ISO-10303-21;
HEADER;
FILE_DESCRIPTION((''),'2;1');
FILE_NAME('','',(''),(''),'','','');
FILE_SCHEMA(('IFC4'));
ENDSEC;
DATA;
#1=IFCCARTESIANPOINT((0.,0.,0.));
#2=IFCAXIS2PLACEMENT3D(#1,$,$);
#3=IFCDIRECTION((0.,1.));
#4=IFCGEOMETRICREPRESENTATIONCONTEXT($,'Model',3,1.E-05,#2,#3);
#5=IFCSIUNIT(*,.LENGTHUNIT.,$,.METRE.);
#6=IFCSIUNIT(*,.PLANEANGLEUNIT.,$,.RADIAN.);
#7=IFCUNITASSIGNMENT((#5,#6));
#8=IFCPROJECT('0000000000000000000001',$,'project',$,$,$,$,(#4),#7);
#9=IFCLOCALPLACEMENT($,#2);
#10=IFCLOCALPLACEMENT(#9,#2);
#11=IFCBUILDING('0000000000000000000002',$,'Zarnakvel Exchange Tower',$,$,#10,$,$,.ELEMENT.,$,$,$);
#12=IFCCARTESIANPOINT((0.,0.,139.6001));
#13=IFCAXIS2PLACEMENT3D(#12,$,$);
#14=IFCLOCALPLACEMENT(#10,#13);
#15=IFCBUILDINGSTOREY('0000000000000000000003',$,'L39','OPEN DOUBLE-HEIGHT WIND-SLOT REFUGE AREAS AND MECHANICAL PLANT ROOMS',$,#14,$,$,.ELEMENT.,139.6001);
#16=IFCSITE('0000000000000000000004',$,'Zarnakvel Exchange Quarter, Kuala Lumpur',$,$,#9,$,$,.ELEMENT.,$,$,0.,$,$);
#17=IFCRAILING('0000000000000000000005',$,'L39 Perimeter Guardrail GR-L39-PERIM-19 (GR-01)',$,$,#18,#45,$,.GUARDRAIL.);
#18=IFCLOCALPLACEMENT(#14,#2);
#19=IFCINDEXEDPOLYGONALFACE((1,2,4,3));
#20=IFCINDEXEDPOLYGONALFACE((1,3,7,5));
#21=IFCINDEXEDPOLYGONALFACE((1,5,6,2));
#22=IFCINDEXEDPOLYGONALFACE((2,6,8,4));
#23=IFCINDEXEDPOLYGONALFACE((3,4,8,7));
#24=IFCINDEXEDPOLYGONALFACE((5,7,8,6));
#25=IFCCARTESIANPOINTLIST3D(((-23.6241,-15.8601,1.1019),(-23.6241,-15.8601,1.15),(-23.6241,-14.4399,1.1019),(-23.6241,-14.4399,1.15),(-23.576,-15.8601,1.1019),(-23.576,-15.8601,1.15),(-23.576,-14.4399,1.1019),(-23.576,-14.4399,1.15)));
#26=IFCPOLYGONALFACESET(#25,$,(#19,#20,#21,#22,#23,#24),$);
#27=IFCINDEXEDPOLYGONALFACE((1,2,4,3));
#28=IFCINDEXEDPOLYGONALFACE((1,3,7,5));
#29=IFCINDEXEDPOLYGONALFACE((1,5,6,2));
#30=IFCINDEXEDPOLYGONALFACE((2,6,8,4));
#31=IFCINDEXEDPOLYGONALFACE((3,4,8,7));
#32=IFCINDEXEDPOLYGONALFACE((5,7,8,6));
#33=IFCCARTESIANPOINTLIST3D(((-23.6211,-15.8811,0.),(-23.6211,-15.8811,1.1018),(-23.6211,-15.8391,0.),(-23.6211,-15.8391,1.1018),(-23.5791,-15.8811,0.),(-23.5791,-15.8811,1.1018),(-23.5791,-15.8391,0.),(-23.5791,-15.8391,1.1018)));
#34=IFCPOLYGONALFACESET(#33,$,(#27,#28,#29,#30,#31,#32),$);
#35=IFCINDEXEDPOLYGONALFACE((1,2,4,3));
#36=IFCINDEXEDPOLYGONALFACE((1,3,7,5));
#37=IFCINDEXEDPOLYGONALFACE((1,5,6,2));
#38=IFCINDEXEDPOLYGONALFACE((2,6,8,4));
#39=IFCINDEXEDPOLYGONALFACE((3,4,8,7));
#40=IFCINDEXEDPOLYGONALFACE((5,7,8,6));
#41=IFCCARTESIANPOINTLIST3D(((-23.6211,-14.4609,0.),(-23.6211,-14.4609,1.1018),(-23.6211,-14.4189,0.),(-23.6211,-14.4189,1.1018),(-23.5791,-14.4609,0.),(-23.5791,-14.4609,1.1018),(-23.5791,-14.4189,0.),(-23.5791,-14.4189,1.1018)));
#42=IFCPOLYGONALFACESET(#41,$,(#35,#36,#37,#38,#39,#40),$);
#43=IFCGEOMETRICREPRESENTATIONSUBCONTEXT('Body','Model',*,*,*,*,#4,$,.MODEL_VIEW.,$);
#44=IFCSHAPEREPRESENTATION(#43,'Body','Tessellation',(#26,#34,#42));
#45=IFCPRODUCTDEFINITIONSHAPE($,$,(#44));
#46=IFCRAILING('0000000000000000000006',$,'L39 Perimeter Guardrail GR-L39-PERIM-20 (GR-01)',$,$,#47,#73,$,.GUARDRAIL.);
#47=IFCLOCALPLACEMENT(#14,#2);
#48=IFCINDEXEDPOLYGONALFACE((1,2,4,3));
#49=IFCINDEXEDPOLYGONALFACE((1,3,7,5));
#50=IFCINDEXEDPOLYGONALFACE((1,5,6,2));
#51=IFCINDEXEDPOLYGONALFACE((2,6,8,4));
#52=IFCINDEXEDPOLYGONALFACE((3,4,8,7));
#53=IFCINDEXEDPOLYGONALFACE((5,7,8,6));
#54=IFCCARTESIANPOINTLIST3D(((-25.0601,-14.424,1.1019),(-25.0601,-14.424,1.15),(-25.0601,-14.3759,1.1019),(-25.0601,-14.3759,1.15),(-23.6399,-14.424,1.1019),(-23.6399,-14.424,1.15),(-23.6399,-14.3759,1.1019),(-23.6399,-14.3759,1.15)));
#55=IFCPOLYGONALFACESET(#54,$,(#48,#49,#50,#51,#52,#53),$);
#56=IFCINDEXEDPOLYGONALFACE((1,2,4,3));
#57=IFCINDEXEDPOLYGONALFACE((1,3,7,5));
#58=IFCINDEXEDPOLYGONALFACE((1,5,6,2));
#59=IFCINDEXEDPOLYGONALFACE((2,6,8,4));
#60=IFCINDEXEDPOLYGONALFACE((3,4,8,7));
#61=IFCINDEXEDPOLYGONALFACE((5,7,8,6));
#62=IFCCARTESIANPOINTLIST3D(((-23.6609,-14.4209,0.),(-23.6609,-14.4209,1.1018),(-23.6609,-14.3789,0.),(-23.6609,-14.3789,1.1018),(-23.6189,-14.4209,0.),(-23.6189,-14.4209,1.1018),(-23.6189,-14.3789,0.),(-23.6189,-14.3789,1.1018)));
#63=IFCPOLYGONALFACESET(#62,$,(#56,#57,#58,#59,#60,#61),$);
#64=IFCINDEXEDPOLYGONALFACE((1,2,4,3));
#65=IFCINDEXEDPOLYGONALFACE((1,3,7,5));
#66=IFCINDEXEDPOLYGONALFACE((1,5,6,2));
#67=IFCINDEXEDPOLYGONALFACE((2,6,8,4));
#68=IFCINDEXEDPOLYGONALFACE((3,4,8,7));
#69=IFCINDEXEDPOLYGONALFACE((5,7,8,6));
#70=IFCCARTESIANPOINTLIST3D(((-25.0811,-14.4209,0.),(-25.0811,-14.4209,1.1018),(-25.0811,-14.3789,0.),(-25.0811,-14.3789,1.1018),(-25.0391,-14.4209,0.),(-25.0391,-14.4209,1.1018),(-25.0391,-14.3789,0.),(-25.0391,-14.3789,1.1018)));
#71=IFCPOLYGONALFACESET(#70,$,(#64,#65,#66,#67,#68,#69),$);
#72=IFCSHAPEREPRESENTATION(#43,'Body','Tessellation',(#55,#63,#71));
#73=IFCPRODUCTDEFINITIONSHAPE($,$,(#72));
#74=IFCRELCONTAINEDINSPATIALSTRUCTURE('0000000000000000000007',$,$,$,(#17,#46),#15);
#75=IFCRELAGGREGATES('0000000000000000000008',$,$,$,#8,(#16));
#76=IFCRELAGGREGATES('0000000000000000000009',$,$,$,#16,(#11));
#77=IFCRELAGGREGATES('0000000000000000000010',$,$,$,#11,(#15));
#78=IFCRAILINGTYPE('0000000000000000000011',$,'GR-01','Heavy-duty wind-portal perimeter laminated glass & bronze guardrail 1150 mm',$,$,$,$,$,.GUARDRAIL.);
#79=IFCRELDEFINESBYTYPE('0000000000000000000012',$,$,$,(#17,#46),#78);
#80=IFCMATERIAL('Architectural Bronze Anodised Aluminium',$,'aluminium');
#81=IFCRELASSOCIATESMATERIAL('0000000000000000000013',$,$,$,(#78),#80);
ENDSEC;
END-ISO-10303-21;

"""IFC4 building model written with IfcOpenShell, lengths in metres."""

from ifc_helpers import new_model, si_unit, direction, frame, origin, origin_2d, place, context, subcontext, project, spatial, rectangle, extrude, material, type_object, element, save


model = new_model("IFC4")

# Units and contexts
model_context = context("Model", 3, precision=1e-05, world=origin(), true_north=direction((0.0, 1.0)))
body_context = subcontext(model_context, "Body", "Model", "MODEL_VIEW")
ifc_project = project(units=[si_unit("LENGTHUNIT", "METRE"), si_unit("PLANEANGLEUNIT", "RADIAN")], contexts=[model_context])

# Site, building, storey
site_placement = place(None, origin())
site = spatial("IfcSite", under=ifc_project, at=site_placement, Name="Zarnakvel Exchange Quarter, Kuala Lumpur", CompositionType="ELEMENT", RefElevation=0.0)
building_placement = place(site_placement, origin())
building = spatial("IfcBuilding", under=site, at=building_placement, Name="Zarnakvel Exchange Tower", CompositionType="ELEMENT")
storey_placement = place(building_placement, frame((0.0, 0.0, 139.6001)))
storey = spatial("IfcBuildingStorey", under=building, at=storey_placement, Name="L39", Description="OPEN DOUBLE-HEIGHT WIND-SLOT REFUGE AREAS AND MECHANICAL PLANT ROOMS", CompositionType="ELEMENT", Elevation=139.6001)

# Railings
ifc_material_1 = material(Name="Architectural Bronze Anodised Aluminium", Category="aluminium")
railing_type = type_object("IfcRailingType", Name="GR-01", Description="Heavy-duty wind-portal perimeter laminated glass & bronze guardrail 1150 mm", PredefinedType="GUARDRAIL", material=ifc_material_1)
railing_1_placement = place(storey_placement, frame((-23.6001, -15.8601, 0.0)))
element("IfcRailing", 1, at=railing_1_placement, inside=storey, type_object=railing_type, Name="L39 Perimeter Guardrail GR-L39-PERIM-19 (GR-01)", PredefinedType="GUARDRAIL", context=body_context, shape_type="SweptSolid", body=[
    extrude(rectangle(XDim=0.0481, YDim=0.0481, at=origin_2d()), frame((0.0, 0.0, 1.126), z_axis=(0.0, 1.0, 0.0), x_axis=(-1.0, 0.0, 0.0)), (0.0, 0.0, 1.0), 1.4202),
    extrude(rectangle(XDim=0.042, YDim=0.042, at=origin_2d()), origin(), (0.0, 0.0, 1.0), 1.1018),
    extrude(rectangle(XDim=0.042, YDim=0.042, at=origin_2d()), frame((0.0, 1.4202, 0.0)), (0.0, 0.0, 1.0), 1.1018),
])
railing_2_placement = place(storey_placement, frame((-23.6399, -14.3999, 0.0)))
element("IfcRailing", 2, at=railing_2_placement, inside=storey, type_object=railing_type, Name="L39 Perimeter Guardrail GR-L39-PERIM-20 (GR-01)", PredefinedType="GUARDRAIL", context=body_context, shape_type="SweptSolid", body=[
    extrude(rectangle(XDim=0.0481, YDim=0.0481, at=origin_2d()), frame((0.0, 0.0, 1.126), z_axis=(-1.0, 0.0, 0.0), x_axis=(0.0, -1.0, 0.0)), (0.0, 0.0, 1.0), 1.4202),
    extrude(rectangle(XDim=0.042, YDim=0.042, at=origin_2d()), origin(), (0.0, 0.0, 1.0), 1.1018),
    extrude(rectangle(XDim=0.042, YDim=0.042, at=origin_2d()), frame((-1.4202, 0.0, 0.0)), (0.0, 0.0, 1.0), 1.1018),
])

save(model, "model.ifc")
